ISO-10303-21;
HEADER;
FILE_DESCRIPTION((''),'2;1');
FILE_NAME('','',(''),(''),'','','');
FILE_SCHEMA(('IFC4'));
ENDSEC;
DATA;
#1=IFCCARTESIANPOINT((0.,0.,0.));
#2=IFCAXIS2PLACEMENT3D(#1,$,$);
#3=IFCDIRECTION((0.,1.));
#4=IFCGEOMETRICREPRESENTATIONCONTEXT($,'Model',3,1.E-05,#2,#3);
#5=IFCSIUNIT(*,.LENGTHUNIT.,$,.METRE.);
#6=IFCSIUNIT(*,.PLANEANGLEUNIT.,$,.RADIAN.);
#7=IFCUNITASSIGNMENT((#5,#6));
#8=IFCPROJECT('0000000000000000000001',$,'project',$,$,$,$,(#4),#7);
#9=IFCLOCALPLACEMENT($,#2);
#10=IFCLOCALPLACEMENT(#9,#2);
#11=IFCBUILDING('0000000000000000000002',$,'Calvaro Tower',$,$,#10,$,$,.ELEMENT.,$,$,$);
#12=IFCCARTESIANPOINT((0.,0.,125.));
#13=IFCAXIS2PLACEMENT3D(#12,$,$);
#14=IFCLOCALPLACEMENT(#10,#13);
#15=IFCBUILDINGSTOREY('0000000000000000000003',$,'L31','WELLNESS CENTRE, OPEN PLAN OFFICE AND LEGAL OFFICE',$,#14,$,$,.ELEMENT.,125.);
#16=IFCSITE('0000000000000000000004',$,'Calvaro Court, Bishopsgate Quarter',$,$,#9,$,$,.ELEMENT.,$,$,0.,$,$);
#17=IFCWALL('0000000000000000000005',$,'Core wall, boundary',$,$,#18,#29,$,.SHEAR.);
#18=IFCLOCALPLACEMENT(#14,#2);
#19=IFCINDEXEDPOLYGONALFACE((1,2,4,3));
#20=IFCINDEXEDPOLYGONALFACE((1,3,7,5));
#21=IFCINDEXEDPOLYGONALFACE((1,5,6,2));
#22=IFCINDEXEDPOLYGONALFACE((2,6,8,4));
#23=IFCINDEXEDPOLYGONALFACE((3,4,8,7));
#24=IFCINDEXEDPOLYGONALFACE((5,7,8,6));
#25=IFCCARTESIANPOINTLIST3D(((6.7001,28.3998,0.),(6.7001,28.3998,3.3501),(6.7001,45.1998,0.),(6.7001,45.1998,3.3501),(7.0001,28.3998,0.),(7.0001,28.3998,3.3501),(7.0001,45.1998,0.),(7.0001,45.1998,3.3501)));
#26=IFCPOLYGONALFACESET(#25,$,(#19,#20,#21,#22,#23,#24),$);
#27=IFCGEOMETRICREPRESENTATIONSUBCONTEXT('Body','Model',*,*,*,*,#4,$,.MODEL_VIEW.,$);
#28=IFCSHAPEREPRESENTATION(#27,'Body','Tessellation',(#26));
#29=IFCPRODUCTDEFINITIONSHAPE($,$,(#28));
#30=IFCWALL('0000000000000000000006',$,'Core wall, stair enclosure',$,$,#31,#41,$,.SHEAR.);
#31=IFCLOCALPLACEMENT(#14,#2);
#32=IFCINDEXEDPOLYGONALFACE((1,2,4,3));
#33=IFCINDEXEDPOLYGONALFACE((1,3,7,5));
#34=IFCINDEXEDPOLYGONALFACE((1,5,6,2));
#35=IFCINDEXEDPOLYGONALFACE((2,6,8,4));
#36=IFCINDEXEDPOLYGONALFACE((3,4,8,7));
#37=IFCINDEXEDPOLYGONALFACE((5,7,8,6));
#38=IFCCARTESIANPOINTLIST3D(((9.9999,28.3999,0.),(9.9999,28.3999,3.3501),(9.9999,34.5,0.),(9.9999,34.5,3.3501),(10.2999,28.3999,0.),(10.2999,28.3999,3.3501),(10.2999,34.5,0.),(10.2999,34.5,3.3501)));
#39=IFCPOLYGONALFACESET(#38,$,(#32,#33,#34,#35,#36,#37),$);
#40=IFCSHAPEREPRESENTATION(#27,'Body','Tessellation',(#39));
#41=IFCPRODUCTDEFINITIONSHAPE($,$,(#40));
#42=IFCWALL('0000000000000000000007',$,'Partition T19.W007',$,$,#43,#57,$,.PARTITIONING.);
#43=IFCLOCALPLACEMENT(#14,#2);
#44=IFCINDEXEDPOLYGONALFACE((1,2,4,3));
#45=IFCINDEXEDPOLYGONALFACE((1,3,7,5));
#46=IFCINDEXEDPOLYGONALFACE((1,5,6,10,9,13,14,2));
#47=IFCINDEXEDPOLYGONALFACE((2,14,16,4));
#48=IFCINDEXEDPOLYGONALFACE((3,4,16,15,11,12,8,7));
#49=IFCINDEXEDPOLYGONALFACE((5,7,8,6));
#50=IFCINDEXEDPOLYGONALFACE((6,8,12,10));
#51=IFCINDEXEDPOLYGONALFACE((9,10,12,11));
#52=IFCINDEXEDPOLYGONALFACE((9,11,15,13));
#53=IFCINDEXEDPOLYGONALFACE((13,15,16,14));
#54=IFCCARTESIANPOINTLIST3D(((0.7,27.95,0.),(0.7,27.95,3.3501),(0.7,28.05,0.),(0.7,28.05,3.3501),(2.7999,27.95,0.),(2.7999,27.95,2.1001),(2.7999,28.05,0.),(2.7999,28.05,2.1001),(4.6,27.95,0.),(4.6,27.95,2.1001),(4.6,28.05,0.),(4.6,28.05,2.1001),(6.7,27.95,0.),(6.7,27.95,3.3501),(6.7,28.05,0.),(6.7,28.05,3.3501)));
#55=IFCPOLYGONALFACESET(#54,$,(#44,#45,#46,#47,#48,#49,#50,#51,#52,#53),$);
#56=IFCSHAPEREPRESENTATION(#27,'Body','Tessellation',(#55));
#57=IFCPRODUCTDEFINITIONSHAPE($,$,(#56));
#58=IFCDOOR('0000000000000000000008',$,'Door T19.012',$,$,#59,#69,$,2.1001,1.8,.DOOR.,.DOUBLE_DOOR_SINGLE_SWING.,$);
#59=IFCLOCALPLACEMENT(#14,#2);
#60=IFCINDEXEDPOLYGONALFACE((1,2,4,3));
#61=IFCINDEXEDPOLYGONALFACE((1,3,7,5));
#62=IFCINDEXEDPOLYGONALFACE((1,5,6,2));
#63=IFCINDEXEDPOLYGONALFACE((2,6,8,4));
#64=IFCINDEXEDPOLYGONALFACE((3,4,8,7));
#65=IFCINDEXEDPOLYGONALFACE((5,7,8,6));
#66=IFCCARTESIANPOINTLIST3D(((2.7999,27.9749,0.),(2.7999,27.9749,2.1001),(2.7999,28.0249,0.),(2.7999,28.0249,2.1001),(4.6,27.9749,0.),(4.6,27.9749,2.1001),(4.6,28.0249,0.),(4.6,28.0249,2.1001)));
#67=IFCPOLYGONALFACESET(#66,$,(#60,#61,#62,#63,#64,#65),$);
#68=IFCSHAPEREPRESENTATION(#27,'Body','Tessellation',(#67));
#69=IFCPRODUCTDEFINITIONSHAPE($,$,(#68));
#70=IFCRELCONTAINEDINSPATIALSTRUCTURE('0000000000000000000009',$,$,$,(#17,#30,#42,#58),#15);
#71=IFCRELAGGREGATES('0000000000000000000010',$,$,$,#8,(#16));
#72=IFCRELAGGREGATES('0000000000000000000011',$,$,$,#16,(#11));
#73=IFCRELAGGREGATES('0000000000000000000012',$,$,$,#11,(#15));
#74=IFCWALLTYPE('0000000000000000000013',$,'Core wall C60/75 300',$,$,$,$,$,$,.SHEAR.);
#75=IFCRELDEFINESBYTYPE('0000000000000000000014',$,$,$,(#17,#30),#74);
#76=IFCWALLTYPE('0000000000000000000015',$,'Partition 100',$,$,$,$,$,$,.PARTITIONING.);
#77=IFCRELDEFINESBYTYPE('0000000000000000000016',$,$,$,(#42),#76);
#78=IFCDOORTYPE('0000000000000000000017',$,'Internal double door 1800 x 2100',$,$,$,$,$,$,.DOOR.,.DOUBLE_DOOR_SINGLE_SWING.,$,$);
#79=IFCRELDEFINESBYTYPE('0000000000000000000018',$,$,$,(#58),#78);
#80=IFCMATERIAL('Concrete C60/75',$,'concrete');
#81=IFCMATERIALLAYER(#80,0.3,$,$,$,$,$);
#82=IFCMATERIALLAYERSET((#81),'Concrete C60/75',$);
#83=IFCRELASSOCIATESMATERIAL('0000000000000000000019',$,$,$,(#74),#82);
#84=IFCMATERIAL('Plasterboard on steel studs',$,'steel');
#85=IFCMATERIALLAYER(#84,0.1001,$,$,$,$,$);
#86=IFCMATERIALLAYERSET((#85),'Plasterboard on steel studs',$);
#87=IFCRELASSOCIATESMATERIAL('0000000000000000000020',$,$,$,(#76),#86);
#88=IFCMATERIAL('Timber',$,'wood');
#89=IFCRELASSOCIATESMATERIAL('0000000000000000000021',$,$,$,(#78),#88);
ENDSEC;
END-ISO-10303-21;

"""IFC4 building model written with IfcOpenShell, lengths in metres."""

from ifc_helpers import new_model, si_unit, direction, frame, frame_2d, origin, place, context, subcontext, project, spatial, rectangle, extrude, material, layer, layer_set, type_object, element, fill, save


model = new_model("IFC4")

# Units and contexts
model_context = context("Model", 3, precision=1e-05, world=origin(), true_north=direction((0.0, 1.0)))
body_context = subcontext(model_context, "Body", "Model", "MODEL_VIEW")
ifc_project = project(units=[si_unit("LENGTHUNIT", "METRE"), si_unit("PLANEANGLEUNIT", "RADIAN")], contexts=[model_context])

# Site, building, storey
site_placement = place(None, origin())
site = spatial("IfcSite", under=ifc_project, at=site_placement, Name="Calvaro Court, Bishopsgate Quarter", CompositionType="ELEMENT", RefElevation=0.0)
building_placement = place(site_placement, origin())
building = spatial("IfcBuilding", under=site, at=building_placement, Name="Calvaro Tower", CompositionType="ELEMENT")
storey_placement = place(building_placement, frame((0.0, 0.0, 125.0)))
storey = spatial("IfcBuildingStorey", under=building, at=storey_placement, Name="L31", Description="WELLNESS CENTRE, OPEN PLAN OFFICE AND LEGAL OFFICE", CompositionType="ELEMENT", Elevation=125.0)

# Walls
ifc_material_1 = material(Name="Concrete C60/75", Category="concrete")
ifc_layer_1 = layer(ifc_material_1, 0.3)
ifc_layer_set_1 = layer_set([ifc_layer_1], Name="Concrete C60/75")
wall_type_1 = type_object("IfcWallType", Name="Core wall C60/75 300", PredefinedType="SHEAR", material=ifc_layer_set_1)
wall_1_placement = place(storey_placement, frame((6.8501, 28.3999, 0.0), z_axis=(0.0, 0.0, 1.0), x_axis=(0.0, 1.0, 0.0)))
element("IfcWall", 1, at=wall_1_placement, inside=storey, type_object=wall_type_1, Name="Core wall, boundary", PredefinedType="SHEAR", context=body_context, shape_type="SweptSolid", body=[
    extrude(rectangle(XDim=16.8, YDim=0.3, at=frame_2d((8.3999, 0.0))), origin(), (0.0, 0.0, 1.0), 3.3501),
])
wall_2_placement = place(storey_placement, frame((10.1499, 28.3999, 0.0), z_axis=(0.0, 0.0, 1.0), x_axis=(0.0, 1.0, 0.0)))
element("IfcWall", 2, at=wall_2_placement, inside=storey, type_object=wall_type_1, Name="Core wall, stair enclosure", PredefinedType="SHEAR", context=body_context, shape_type="SweptSolid", body=[
    extrude(rectangle(XDim=6.1001, YDim=0.3, at=frame_2d((3.05, 0.0))), origin(), (0.0, 0.0, 1.0), 3.3501),
])

# Wall, opening, door
ifc_material_2 = material(Name="Plasterboard on steel studs", Category="steel")
ifc_layer_2 = layer(ifc_material_2, 0.1001)
ifc_layer_set_2 = layer_set([ifc_layer_2], Name="Plasterboard on steel studs")
wall_type_2 = type_object("IfcWallType", Name="Partition 100", PredefinedType="PARTITIONING", material=ifc_layer_set_2)
wall_3_placement = place(storey_placement, frame((0.7, 28.0, 0.0), z_axis=(0.0, 0.0, 1.0), x_axis=(1.0, 0.0, 0.0)))
wall_3 = element("IfcWall", 3, at=wall_3_placement, inside=storey, type_object=wall_type_2, Name="Partition T19.W007", PredefinedType="PARTITIONING", context=body_context, shape_type="SweptSolid", body=[
    extrude(rectangle(XDim=6.0, YDim=0.1001, at=frame_2d((3.0, 0.0))), origin(), (0.0, 0.0, 1.0), 3.3501),
])
opening_1_placement = place(wall_3_placement, frame((2.1001, 0.0, 0.0)))
opening_1 = element("IfcOpeningElement", 4, at=opening_1_placement, cuts=wall_3, PredefinedType="OPENING", context=body_context, shape_type="SweptSolid", body=[
    extrude(rectangle(XDim=1.8, YDim=2.1001, at=frame_2d((0.8999, 1.05))), frame((0.0, 0.0601, 0.0), z_axis=(0.0, -1.0, 0.0), x_axis=(1.0, 0.0, 0.0)), (0.0, 0.0, 1.0), 0.1201),
])
ifc_material_3 = material(Name="Timber", Category="wood")
door_type_1 = type_object("IfcDoorType", Name="Internal double door 1800 x 2100", OperationType="DOUBLE_DOOR_SINGLE_SWING", PredefinedType="DOOR", material=ifc_material_3)
door_1_placement = place(opening_1_placement, origin())
door_1 = element("IfcDoor", 5, at=door_1_placement, inside=storey, type_object=door_type_1, Name="Door T19.012", OperationType="DOUBLE_DOOR_SINGLE_SWING", OverallHeight=2.1001, OverallWidth=1.8, PredefinedType="DOOR", context=body_context, shape_type="SweptSolid", body=[
    extrude(rectangle(XDim=1.8, YDim=2.1001, at=frame_2d((0.8999, 1.05))), frame((0.0, 0.0249, 0.0), z_axis=(0.0, -1.0, 0.0), x_axis=(1.0, 0.0, 0.0)), (0.0, 0.0, 1.0), 0.05),
])
fill(opening_1, door_1)

save(model, "model.ifc")
